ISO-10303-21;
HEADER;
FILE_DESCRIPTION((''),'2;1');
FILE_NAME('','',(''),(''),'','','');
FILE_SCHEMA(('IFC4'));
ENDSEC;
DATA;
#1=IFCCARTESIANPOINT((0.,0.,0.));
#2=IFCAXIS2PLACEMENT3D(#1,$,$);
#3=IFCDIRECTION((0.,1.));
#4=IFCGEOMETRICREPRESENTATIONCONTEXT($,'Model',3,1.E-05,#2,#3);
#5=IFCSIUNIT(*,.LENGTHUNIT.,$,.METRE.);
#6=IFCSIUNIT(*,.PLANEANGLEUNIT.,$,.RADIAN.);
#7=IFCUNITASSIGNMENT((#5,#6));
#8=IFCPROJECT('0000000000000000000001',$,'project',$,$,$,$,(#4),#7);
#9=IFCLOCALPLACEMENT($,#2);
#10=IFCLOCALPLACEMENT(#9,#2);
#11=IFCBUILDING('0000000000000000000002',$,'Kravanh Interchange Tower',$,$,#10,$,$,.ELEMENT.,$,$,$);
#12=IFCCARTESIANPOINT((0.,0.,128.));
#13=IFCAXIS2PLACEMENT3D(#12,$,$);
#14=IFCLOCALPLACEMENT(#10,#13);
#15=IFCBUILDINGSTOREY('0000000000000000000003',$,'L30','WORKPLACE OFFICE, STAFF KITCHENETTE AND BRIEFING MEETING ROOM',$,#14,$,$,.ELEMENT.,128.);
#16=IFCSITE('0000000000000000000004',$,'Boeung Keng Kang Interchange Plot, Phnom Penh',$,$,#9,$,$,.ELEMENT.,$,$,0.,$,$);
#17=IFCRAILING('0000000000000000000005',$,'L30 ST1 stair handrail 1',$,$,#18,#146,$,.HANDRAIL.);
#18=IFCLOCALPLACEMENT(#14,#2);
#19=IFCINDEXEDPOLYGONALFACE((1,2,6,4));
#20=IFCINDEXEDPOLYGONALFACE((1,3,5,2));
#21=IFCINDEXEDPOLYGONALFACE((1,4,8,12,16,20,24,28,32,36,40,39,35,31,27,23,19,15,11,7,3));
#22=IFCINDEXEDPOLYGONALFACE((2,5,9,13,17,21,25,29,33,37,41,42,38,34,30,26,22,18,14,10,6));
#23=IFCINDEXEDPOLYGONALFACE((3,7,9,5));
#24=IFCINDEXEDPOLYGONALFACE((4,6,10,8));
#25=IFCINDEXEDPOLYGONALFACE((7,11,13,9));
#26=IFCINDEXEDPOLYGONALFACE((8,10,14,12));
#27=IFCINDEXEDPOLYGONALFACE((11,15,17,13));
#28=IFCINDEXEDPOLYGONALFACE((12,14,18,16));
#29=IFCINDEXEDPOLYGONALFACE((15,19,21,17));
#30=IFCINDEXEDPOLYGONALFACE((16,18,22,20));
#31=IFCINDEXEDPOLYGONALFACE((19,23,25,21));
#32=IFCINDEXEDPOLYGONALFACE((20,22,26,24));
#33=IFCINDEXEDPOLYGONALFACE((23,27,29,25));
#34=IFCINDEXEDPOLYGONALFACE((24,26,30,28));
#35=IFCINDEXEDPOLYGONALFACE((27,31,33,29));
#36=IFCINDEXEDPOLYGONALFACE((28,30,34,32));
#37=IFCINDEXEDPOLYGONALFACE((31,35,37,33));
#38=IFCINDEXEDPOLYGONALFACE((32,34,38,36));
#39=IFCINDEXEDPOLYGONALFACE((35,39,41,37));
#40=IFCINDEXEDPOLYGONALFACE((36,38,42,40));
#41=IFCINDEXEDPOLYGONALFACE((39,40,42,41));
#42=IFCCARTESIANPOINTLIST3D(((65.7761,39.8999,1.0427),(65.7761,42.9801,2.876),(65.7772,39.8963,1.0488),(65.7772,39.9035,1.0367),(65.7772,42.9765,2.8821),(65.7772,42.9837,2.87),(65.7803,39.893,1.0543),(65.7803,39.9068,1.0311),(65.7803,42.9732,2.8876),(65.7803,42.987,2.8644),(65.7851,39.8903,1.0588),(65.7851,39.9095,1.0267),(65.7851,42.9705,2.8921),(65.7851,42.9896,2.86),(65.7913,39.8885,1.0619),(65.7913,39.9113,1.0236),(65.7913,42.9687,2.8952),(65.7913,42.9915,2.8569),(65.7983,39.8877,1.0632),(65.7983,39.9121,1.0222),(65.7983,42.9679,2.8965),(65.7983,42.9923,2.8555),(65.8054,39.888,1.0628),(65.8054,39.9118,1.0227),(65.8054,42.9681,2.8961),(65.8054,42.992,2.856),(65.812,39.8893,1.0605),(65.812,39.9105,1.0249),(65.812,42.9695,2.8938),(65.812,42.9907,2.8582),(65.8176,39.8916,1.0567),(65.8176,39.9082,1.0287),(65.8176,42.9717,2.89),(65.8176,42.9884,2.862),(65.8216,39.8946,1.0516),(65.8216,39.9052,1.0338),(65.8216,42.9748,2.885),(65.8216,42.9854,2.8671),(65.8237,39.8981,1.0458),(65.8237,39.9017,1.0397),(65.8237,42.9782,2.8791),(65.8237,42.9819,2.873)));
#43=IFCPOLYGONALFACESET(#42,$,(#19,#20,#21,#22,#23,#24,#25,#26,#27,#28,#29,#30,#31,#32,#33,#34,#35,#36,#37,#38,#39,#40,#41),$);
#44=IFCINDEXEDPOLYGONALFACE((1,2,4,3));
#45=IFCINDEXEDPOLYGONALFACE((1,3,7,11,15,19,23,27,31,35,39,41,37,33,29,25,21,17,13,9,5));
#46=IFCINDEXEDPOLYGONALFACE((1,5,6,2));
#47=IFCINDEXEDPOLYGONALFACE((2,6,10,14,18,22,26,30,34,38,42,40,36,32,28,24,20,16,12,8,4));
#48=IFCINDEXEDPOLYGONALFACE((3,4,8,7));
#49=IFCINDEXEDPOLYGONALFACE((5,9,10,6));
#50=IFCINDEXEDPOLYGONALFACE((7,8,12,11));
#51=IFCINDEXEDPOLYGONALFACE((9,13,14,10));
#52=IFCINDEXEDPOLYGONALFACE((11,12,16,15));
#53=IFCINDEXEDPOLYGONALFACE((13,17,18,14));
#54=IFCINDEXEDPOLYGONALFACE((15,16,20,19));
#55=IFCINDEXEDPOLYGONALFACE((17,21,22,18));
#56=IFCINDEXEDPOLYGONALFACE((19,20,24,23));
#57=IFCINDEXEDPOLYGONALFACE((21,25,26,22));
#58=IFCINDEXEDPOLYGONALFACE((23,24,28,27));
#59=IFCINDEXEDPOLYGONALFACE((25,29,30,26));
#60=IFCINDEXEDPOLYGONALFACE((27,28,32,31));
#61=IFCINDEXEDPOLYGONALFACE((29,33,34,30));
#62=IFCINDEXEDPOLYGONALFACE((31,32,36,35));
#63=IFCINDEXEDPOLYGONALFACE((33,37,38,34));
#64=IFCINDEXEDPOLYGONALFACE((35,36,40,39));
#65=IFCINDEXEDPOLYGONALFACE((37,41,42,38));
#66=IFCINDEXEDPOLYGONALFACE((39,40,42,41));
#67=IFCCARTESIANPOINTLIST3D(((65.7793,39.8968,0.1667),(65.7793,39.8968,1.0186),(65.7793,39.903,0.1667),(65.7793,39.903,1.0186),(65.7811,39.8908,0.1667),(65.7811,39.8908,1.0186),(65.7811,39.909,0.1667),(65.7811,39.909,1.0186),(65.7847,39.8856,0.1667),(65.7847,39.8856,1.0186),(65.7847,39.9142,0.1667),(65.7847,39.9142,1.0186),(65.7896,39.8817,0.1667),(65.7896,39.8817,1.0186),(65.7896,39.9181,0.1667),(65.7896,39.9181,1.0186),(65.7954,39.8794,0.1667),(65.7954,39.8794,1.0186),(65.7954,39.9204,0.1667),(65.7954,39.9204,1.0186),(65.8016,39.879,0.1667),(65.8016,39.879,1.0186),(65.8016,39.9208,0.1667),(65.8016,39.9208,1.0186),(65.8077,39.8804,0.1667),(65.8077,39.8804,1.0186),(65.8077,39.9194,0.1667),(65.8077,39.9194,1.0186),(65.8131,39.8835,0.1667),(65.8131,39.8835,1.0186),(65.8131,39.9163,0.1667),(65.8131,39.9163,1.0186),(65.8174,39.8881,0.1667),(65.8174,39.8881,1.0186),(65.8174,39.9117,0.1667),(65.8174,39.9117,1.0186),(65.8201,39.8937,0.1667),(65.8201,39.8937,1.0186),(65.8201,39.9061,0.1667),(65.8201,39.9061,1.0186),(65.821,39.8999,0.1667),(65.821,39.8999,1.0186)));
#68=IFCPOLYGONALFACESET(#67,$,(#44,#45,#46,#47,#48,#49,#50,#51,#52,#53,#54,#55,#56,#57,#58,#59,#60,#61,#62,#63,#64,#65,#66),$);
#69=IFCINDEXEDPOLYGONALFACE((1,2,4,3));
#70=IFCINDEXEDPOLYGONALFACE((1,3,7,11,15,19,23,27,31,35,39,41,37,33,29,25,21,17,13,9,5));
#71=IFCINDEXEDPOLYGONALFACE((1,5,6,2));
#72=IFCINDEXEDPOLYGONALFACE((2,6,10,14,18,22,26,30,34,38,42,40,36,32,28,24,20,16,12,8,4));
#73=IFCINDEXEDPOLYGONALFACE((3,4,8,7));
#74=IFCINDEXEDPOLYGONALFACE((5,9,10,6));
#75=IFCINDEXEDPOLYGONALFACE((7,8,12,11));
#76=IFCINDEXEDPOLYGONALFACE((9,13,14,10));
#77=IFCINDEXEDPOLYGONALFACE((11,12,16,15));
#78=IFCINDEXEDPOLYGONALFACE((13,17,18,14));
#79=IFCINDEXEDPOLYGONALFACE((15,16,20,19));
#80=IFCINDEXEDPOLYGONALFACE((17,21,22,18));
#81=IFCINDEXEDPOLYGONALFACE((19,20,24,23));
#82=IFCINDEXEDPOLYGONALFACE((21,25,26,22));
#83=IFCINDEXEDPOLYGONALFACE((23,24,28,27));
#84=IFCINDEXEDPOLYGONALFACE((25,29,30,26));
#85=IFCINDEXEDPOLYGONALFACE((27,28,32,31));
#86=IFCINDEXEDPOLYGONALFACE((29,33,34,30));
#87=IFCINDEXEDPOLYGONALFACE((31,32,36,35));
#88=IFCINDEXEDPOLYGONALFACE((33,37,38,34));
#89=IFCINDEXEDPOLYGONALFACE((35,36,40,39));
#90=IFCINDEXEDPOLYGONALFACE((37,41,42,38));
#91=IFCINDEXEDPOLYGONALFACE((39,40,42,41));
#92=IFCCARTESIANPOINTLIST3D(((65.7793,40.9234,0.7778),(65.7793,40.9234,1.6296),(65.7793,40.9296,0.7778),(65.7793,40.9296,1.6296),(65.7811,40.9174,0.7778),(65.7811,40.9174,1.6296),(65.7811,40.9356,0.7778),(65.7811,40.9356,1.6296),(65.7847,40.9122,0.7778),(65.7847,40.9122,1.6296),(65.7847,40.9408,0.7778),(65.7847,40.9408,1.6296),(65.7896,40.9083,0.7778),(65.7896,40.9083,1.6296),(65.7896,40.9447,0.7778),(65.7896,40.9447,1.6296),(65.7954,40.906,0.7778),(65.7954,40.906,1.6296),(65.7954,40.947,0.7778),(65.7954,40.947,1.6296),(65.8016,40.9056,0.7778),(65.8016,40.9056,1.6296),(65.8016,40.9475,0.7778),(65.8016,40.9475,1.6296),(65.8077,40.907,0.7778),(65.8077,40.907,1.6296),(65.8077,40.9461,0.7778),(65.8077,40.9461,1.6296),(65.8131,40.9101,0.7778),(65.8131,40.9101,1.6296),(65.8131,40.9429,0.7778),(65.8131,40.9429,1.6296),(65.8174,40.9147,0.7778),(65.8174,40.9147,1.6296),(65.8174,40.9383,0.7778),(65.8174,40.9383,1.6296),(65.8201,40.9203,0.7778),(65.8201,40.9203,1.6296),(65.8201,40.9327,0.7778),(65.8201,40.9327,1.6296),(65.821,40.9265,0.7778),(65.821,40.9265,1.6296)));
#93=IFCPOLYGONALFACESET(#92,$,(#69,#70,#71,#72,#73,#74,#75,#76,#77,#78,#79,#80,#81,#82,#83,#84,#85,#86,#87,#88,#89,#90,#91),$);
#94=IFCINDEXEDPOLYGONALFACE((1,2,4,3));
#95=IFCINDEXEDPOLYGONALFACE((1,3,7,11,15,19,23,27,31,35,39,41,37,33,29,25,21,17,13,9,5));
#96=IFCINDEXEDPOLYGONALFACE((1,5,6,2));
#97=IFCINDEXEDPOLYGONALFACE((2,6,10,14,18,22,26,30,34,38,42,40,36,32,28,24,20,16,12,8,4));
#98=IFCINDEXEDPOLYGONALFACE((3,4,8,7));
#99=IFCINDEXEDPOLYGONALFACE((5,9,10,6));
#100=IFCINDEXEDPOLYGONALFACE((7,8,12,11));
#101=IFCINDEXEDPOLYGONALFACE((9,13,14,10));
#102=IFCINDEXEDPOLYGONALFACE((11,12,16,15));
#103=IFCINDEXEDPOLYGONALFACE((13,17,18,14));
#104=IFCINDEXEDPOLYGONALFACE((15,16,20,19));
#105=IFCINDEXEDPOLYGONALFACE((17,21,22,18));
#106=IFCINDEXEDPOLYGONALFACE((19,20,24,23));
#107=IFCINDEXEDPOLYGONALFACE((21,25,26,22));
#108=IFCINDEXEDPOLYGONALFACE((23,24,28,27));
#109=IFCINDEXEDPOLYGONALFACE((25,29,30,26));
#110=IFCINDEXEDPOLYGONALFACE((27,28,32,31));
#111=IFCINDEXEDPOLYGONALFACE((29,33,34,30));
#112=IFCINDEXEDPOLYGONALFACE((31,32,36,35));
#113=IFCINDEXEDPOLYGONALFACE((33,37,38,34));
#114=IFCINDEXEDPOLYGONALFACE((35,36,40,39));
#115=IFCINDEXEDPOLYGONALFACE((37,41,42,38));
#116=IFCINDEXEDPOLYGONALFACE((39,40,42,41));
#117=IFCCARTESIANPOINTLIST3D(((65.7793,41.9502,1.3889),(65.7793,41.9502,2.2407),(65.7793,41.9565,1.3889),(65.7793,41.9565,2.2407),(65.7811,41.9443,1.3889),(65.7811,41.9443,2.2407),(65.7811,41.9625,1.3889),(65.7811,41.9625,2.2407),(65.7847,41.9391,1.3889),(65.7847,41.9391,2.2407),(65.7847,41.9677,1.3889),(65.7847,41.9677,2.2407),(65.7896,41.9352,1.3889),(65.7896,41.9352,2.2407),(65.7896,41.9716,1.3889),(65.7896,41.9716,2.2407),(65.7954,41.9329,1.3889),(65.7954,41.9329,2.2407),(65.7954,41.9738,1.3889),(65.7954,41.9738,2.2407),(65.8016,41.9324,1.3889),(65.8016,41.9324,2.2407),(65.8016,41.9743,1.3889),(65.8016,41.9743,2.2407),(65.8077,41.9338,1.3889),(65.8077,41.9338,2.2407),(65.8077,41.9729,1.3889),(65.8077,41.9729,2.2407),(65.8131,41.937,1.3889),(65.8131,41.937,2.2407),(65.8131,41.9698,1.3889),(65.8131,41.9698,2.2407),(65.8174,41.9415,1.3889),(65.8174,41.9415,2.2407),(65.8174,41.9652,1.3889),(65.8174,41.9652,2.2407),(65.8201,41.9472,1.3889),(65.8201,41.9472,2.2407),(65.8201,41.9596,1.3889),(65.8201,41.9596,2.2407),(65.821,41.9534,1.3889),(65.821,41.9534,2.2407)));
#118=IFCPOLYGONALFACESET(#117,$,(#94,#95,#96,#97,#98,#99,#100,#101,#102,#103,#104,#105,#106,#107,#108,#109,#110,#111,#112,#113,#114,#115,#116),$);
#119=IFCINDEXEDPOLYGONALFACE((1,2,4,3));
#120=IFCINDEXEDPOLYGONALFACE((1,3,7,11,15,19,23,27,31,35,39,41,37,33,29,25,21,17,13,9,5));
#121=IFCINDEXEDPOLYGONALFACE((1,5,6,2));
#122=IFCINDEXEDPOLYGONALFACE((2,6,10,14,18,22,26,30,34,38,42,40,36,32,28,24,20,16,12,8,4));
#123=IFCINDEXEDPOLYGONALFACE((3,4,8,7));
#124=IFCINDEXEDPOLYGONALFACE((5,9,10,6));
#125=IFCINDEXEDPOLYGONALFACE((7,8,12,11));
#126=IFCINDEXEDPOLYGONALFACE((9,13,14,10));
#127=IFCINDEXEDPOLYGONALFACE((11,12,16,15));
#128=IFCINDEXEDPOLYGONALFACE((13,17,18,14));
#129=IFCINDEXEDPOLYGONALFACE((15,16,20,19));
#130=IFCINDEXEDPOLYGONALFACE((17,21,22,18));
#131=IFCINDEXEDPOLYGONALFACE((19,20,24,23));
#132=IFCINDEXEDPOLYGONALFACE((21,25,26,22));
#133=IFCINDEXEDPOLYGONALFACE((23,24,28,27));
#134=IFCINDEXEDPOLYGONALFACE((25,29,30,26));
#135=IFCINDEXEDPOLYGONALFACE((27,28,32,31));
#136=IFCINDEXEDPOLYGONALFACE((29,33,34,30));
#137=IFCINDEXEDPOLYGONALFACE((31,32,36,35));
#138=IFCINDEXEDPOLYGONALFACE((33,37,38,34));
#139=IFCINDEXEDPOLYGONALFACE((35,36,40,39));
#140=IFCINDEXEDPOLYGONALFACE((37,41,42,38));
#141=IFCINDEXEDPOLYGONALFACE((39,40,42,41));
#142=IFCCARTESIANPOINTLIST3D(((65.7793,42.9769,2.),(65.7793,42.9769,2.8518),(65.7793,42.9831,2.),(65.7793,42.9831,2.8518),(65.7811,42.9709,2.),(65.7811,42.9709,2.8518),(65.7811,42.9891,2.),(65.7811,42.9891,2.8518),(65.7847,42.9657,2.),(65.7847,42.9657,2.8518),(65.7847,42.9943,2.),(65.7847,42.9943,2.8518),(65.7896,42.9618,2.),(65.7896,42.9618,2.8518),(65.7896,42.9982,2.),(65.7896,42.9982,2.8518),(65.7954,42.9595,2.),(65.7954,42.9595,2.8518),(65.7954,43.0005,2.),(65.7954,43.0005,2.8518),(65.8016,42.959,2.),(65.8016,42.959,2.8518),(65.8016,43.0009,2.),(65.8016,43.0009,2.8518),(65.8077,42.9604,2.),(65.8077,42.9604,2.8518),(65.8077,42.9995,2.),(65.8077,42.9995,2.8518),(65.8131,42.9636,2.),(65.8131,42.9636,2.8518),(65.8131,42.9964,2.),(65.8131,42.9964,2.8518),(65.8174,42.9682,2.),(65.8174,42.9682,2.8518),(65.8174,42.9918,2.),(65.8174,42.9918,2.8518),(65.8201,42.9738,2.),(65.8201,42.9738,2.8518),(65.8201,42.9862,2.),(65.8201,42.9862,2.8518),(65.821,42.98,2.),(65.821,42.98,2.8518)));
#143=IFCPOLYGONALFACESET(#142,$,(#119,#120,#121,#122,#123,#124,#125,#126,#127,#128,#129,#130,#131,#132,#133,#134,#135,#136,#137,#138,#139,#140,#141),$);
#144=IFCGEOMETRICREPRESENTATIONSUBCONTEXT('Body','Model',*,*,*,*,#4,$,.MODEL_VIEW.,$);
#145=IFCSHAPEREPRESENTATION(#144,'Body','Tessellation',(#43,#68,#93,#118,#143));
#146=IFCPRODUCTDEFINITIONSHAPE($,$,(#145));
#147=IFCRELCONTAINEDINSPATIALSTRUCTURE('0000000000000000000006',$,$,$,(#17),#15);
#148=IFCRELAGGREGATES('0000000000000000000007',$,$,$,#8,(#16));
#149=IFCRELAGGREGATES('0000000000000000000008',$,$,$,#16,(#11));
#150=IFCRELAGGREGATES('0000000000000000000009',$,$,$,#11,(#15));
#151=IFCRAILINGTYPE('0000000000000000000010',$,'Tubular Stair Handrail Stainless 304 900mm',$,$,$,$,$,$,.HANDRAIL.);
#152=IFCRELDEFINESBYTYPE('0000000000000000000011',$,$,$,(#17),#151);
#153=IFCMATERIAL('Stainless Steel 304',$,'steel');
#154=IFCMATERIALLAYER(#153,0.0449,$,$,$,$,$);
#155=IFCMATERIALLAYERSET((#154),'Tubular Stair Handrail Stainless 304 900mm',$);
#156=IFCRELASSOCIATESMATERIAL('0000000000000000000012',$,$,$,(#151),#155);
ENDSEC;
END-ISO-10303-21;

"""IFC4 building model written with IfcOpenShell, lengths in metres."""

from ifc_helpers import new_model, si_unit, direction, frame, origin, origin_2d, place, context, subcontext, project, spatial, circle, extrude, material, layer, layer_set, type_object, element, save


model = new_model("IFC4")

# Units and contexts
model_context = context("Model", 3, precision=1e-05, world=origin(), true_north=direction((0.0, 1.0)))
body_context = subcontext(model_context, "Body", "Model", "MODEL_VIEW")
ifc_project = project(units=[si_unit("LENGTHUNIT", "METRE"), si_unit("PLANEANGLEUNIT", "RADIAN")], contexts=[model_context])

# Site, building, storey
site_placement = place(None, origin())
site = spatial("IfcSite", under=ifc_project, at=site_placement, Name="Boeung Keng Kang Interchange Plot, Phnom Penh", CompositionType="ELEMENT", RefElevation=0.0)
building_placement = place(site_placement, origin())
building = spatial("IfcBuilding", under=site, at=building_placement, Name="Kravanh Interchange Tower", CompositionType="ELEMENT")
storey_placement = place(building_placement, frame((0.0, 0.0, 128.0)))
storey = spatial("IfcBuildingStorey", under=building, at=storey_placement, Name="L30", Description="WORKPLACE OFFICE, STAFF KITCHENETTE AND BRIEFING MEETING ROOM", CompositionType="ELEMENT", Elevation=128.0)

# Railing
ifc_material_1 = material(Name="Stainless Steel 304", Category="steel")
ifc_layer_1 = layer(ifc_material_1, 0.0449)
ifc_layer_set_1 = layer_set([ifc_layer_1], Name="Tubular Stair Handrail Stainless 304 900mm")
railing_type_1 = type_object("IfcRailingType", Name="Tubular Stair Handrail Stainless 304 900mm", PredefinedType="HANDRAIL", material=ifc_layer_set_1)
railing_1_placement = place(storey_placement, frame((65.8, 39.8999, 0.1667)))
element("IfcRailing", 1, at=railing_1_placement, inside=storey, type_object=railing_type_1, Name="L30 ST1 stair handrail 1", PredefinedType="HANDRAIL", context=body_context, shape_type="SweptSolid", body=[
    extrude(circle(Radius=0.0239, at=origin_2d()), frame((0.0, 0.0, 0.876), z_axis=(0.0, 0.859309, 0.511458), x_axis=(-1.0, 0.0, 0.0)), (0.0, 0.0, 1.0), 3.5845),
    extrude(circle(Radius=0.021, at=origin_2d()), origin(), (0.0, 0.0, 1.0), 0.8518),
    extrude(circle(Radius=0.021, at=origin_2d()), frame((0.0, 1.0266, 0.6111)), (0.0, 0.0, 1.0), 0.8518),
    extrude(circle(Radius=0.021, at=origin_2d()), frame((0.0, 2.0535, 1.2222)), (0.0, 0.0, 1.0), 0.8518),
    extrude(circle(Radius=0.021, at=origin_2d()), frame((0.0, 3.0801, 1.8333)), (0.0, 0.0, 1.0), 0.8518),
])

save(model, "model.ifc")
